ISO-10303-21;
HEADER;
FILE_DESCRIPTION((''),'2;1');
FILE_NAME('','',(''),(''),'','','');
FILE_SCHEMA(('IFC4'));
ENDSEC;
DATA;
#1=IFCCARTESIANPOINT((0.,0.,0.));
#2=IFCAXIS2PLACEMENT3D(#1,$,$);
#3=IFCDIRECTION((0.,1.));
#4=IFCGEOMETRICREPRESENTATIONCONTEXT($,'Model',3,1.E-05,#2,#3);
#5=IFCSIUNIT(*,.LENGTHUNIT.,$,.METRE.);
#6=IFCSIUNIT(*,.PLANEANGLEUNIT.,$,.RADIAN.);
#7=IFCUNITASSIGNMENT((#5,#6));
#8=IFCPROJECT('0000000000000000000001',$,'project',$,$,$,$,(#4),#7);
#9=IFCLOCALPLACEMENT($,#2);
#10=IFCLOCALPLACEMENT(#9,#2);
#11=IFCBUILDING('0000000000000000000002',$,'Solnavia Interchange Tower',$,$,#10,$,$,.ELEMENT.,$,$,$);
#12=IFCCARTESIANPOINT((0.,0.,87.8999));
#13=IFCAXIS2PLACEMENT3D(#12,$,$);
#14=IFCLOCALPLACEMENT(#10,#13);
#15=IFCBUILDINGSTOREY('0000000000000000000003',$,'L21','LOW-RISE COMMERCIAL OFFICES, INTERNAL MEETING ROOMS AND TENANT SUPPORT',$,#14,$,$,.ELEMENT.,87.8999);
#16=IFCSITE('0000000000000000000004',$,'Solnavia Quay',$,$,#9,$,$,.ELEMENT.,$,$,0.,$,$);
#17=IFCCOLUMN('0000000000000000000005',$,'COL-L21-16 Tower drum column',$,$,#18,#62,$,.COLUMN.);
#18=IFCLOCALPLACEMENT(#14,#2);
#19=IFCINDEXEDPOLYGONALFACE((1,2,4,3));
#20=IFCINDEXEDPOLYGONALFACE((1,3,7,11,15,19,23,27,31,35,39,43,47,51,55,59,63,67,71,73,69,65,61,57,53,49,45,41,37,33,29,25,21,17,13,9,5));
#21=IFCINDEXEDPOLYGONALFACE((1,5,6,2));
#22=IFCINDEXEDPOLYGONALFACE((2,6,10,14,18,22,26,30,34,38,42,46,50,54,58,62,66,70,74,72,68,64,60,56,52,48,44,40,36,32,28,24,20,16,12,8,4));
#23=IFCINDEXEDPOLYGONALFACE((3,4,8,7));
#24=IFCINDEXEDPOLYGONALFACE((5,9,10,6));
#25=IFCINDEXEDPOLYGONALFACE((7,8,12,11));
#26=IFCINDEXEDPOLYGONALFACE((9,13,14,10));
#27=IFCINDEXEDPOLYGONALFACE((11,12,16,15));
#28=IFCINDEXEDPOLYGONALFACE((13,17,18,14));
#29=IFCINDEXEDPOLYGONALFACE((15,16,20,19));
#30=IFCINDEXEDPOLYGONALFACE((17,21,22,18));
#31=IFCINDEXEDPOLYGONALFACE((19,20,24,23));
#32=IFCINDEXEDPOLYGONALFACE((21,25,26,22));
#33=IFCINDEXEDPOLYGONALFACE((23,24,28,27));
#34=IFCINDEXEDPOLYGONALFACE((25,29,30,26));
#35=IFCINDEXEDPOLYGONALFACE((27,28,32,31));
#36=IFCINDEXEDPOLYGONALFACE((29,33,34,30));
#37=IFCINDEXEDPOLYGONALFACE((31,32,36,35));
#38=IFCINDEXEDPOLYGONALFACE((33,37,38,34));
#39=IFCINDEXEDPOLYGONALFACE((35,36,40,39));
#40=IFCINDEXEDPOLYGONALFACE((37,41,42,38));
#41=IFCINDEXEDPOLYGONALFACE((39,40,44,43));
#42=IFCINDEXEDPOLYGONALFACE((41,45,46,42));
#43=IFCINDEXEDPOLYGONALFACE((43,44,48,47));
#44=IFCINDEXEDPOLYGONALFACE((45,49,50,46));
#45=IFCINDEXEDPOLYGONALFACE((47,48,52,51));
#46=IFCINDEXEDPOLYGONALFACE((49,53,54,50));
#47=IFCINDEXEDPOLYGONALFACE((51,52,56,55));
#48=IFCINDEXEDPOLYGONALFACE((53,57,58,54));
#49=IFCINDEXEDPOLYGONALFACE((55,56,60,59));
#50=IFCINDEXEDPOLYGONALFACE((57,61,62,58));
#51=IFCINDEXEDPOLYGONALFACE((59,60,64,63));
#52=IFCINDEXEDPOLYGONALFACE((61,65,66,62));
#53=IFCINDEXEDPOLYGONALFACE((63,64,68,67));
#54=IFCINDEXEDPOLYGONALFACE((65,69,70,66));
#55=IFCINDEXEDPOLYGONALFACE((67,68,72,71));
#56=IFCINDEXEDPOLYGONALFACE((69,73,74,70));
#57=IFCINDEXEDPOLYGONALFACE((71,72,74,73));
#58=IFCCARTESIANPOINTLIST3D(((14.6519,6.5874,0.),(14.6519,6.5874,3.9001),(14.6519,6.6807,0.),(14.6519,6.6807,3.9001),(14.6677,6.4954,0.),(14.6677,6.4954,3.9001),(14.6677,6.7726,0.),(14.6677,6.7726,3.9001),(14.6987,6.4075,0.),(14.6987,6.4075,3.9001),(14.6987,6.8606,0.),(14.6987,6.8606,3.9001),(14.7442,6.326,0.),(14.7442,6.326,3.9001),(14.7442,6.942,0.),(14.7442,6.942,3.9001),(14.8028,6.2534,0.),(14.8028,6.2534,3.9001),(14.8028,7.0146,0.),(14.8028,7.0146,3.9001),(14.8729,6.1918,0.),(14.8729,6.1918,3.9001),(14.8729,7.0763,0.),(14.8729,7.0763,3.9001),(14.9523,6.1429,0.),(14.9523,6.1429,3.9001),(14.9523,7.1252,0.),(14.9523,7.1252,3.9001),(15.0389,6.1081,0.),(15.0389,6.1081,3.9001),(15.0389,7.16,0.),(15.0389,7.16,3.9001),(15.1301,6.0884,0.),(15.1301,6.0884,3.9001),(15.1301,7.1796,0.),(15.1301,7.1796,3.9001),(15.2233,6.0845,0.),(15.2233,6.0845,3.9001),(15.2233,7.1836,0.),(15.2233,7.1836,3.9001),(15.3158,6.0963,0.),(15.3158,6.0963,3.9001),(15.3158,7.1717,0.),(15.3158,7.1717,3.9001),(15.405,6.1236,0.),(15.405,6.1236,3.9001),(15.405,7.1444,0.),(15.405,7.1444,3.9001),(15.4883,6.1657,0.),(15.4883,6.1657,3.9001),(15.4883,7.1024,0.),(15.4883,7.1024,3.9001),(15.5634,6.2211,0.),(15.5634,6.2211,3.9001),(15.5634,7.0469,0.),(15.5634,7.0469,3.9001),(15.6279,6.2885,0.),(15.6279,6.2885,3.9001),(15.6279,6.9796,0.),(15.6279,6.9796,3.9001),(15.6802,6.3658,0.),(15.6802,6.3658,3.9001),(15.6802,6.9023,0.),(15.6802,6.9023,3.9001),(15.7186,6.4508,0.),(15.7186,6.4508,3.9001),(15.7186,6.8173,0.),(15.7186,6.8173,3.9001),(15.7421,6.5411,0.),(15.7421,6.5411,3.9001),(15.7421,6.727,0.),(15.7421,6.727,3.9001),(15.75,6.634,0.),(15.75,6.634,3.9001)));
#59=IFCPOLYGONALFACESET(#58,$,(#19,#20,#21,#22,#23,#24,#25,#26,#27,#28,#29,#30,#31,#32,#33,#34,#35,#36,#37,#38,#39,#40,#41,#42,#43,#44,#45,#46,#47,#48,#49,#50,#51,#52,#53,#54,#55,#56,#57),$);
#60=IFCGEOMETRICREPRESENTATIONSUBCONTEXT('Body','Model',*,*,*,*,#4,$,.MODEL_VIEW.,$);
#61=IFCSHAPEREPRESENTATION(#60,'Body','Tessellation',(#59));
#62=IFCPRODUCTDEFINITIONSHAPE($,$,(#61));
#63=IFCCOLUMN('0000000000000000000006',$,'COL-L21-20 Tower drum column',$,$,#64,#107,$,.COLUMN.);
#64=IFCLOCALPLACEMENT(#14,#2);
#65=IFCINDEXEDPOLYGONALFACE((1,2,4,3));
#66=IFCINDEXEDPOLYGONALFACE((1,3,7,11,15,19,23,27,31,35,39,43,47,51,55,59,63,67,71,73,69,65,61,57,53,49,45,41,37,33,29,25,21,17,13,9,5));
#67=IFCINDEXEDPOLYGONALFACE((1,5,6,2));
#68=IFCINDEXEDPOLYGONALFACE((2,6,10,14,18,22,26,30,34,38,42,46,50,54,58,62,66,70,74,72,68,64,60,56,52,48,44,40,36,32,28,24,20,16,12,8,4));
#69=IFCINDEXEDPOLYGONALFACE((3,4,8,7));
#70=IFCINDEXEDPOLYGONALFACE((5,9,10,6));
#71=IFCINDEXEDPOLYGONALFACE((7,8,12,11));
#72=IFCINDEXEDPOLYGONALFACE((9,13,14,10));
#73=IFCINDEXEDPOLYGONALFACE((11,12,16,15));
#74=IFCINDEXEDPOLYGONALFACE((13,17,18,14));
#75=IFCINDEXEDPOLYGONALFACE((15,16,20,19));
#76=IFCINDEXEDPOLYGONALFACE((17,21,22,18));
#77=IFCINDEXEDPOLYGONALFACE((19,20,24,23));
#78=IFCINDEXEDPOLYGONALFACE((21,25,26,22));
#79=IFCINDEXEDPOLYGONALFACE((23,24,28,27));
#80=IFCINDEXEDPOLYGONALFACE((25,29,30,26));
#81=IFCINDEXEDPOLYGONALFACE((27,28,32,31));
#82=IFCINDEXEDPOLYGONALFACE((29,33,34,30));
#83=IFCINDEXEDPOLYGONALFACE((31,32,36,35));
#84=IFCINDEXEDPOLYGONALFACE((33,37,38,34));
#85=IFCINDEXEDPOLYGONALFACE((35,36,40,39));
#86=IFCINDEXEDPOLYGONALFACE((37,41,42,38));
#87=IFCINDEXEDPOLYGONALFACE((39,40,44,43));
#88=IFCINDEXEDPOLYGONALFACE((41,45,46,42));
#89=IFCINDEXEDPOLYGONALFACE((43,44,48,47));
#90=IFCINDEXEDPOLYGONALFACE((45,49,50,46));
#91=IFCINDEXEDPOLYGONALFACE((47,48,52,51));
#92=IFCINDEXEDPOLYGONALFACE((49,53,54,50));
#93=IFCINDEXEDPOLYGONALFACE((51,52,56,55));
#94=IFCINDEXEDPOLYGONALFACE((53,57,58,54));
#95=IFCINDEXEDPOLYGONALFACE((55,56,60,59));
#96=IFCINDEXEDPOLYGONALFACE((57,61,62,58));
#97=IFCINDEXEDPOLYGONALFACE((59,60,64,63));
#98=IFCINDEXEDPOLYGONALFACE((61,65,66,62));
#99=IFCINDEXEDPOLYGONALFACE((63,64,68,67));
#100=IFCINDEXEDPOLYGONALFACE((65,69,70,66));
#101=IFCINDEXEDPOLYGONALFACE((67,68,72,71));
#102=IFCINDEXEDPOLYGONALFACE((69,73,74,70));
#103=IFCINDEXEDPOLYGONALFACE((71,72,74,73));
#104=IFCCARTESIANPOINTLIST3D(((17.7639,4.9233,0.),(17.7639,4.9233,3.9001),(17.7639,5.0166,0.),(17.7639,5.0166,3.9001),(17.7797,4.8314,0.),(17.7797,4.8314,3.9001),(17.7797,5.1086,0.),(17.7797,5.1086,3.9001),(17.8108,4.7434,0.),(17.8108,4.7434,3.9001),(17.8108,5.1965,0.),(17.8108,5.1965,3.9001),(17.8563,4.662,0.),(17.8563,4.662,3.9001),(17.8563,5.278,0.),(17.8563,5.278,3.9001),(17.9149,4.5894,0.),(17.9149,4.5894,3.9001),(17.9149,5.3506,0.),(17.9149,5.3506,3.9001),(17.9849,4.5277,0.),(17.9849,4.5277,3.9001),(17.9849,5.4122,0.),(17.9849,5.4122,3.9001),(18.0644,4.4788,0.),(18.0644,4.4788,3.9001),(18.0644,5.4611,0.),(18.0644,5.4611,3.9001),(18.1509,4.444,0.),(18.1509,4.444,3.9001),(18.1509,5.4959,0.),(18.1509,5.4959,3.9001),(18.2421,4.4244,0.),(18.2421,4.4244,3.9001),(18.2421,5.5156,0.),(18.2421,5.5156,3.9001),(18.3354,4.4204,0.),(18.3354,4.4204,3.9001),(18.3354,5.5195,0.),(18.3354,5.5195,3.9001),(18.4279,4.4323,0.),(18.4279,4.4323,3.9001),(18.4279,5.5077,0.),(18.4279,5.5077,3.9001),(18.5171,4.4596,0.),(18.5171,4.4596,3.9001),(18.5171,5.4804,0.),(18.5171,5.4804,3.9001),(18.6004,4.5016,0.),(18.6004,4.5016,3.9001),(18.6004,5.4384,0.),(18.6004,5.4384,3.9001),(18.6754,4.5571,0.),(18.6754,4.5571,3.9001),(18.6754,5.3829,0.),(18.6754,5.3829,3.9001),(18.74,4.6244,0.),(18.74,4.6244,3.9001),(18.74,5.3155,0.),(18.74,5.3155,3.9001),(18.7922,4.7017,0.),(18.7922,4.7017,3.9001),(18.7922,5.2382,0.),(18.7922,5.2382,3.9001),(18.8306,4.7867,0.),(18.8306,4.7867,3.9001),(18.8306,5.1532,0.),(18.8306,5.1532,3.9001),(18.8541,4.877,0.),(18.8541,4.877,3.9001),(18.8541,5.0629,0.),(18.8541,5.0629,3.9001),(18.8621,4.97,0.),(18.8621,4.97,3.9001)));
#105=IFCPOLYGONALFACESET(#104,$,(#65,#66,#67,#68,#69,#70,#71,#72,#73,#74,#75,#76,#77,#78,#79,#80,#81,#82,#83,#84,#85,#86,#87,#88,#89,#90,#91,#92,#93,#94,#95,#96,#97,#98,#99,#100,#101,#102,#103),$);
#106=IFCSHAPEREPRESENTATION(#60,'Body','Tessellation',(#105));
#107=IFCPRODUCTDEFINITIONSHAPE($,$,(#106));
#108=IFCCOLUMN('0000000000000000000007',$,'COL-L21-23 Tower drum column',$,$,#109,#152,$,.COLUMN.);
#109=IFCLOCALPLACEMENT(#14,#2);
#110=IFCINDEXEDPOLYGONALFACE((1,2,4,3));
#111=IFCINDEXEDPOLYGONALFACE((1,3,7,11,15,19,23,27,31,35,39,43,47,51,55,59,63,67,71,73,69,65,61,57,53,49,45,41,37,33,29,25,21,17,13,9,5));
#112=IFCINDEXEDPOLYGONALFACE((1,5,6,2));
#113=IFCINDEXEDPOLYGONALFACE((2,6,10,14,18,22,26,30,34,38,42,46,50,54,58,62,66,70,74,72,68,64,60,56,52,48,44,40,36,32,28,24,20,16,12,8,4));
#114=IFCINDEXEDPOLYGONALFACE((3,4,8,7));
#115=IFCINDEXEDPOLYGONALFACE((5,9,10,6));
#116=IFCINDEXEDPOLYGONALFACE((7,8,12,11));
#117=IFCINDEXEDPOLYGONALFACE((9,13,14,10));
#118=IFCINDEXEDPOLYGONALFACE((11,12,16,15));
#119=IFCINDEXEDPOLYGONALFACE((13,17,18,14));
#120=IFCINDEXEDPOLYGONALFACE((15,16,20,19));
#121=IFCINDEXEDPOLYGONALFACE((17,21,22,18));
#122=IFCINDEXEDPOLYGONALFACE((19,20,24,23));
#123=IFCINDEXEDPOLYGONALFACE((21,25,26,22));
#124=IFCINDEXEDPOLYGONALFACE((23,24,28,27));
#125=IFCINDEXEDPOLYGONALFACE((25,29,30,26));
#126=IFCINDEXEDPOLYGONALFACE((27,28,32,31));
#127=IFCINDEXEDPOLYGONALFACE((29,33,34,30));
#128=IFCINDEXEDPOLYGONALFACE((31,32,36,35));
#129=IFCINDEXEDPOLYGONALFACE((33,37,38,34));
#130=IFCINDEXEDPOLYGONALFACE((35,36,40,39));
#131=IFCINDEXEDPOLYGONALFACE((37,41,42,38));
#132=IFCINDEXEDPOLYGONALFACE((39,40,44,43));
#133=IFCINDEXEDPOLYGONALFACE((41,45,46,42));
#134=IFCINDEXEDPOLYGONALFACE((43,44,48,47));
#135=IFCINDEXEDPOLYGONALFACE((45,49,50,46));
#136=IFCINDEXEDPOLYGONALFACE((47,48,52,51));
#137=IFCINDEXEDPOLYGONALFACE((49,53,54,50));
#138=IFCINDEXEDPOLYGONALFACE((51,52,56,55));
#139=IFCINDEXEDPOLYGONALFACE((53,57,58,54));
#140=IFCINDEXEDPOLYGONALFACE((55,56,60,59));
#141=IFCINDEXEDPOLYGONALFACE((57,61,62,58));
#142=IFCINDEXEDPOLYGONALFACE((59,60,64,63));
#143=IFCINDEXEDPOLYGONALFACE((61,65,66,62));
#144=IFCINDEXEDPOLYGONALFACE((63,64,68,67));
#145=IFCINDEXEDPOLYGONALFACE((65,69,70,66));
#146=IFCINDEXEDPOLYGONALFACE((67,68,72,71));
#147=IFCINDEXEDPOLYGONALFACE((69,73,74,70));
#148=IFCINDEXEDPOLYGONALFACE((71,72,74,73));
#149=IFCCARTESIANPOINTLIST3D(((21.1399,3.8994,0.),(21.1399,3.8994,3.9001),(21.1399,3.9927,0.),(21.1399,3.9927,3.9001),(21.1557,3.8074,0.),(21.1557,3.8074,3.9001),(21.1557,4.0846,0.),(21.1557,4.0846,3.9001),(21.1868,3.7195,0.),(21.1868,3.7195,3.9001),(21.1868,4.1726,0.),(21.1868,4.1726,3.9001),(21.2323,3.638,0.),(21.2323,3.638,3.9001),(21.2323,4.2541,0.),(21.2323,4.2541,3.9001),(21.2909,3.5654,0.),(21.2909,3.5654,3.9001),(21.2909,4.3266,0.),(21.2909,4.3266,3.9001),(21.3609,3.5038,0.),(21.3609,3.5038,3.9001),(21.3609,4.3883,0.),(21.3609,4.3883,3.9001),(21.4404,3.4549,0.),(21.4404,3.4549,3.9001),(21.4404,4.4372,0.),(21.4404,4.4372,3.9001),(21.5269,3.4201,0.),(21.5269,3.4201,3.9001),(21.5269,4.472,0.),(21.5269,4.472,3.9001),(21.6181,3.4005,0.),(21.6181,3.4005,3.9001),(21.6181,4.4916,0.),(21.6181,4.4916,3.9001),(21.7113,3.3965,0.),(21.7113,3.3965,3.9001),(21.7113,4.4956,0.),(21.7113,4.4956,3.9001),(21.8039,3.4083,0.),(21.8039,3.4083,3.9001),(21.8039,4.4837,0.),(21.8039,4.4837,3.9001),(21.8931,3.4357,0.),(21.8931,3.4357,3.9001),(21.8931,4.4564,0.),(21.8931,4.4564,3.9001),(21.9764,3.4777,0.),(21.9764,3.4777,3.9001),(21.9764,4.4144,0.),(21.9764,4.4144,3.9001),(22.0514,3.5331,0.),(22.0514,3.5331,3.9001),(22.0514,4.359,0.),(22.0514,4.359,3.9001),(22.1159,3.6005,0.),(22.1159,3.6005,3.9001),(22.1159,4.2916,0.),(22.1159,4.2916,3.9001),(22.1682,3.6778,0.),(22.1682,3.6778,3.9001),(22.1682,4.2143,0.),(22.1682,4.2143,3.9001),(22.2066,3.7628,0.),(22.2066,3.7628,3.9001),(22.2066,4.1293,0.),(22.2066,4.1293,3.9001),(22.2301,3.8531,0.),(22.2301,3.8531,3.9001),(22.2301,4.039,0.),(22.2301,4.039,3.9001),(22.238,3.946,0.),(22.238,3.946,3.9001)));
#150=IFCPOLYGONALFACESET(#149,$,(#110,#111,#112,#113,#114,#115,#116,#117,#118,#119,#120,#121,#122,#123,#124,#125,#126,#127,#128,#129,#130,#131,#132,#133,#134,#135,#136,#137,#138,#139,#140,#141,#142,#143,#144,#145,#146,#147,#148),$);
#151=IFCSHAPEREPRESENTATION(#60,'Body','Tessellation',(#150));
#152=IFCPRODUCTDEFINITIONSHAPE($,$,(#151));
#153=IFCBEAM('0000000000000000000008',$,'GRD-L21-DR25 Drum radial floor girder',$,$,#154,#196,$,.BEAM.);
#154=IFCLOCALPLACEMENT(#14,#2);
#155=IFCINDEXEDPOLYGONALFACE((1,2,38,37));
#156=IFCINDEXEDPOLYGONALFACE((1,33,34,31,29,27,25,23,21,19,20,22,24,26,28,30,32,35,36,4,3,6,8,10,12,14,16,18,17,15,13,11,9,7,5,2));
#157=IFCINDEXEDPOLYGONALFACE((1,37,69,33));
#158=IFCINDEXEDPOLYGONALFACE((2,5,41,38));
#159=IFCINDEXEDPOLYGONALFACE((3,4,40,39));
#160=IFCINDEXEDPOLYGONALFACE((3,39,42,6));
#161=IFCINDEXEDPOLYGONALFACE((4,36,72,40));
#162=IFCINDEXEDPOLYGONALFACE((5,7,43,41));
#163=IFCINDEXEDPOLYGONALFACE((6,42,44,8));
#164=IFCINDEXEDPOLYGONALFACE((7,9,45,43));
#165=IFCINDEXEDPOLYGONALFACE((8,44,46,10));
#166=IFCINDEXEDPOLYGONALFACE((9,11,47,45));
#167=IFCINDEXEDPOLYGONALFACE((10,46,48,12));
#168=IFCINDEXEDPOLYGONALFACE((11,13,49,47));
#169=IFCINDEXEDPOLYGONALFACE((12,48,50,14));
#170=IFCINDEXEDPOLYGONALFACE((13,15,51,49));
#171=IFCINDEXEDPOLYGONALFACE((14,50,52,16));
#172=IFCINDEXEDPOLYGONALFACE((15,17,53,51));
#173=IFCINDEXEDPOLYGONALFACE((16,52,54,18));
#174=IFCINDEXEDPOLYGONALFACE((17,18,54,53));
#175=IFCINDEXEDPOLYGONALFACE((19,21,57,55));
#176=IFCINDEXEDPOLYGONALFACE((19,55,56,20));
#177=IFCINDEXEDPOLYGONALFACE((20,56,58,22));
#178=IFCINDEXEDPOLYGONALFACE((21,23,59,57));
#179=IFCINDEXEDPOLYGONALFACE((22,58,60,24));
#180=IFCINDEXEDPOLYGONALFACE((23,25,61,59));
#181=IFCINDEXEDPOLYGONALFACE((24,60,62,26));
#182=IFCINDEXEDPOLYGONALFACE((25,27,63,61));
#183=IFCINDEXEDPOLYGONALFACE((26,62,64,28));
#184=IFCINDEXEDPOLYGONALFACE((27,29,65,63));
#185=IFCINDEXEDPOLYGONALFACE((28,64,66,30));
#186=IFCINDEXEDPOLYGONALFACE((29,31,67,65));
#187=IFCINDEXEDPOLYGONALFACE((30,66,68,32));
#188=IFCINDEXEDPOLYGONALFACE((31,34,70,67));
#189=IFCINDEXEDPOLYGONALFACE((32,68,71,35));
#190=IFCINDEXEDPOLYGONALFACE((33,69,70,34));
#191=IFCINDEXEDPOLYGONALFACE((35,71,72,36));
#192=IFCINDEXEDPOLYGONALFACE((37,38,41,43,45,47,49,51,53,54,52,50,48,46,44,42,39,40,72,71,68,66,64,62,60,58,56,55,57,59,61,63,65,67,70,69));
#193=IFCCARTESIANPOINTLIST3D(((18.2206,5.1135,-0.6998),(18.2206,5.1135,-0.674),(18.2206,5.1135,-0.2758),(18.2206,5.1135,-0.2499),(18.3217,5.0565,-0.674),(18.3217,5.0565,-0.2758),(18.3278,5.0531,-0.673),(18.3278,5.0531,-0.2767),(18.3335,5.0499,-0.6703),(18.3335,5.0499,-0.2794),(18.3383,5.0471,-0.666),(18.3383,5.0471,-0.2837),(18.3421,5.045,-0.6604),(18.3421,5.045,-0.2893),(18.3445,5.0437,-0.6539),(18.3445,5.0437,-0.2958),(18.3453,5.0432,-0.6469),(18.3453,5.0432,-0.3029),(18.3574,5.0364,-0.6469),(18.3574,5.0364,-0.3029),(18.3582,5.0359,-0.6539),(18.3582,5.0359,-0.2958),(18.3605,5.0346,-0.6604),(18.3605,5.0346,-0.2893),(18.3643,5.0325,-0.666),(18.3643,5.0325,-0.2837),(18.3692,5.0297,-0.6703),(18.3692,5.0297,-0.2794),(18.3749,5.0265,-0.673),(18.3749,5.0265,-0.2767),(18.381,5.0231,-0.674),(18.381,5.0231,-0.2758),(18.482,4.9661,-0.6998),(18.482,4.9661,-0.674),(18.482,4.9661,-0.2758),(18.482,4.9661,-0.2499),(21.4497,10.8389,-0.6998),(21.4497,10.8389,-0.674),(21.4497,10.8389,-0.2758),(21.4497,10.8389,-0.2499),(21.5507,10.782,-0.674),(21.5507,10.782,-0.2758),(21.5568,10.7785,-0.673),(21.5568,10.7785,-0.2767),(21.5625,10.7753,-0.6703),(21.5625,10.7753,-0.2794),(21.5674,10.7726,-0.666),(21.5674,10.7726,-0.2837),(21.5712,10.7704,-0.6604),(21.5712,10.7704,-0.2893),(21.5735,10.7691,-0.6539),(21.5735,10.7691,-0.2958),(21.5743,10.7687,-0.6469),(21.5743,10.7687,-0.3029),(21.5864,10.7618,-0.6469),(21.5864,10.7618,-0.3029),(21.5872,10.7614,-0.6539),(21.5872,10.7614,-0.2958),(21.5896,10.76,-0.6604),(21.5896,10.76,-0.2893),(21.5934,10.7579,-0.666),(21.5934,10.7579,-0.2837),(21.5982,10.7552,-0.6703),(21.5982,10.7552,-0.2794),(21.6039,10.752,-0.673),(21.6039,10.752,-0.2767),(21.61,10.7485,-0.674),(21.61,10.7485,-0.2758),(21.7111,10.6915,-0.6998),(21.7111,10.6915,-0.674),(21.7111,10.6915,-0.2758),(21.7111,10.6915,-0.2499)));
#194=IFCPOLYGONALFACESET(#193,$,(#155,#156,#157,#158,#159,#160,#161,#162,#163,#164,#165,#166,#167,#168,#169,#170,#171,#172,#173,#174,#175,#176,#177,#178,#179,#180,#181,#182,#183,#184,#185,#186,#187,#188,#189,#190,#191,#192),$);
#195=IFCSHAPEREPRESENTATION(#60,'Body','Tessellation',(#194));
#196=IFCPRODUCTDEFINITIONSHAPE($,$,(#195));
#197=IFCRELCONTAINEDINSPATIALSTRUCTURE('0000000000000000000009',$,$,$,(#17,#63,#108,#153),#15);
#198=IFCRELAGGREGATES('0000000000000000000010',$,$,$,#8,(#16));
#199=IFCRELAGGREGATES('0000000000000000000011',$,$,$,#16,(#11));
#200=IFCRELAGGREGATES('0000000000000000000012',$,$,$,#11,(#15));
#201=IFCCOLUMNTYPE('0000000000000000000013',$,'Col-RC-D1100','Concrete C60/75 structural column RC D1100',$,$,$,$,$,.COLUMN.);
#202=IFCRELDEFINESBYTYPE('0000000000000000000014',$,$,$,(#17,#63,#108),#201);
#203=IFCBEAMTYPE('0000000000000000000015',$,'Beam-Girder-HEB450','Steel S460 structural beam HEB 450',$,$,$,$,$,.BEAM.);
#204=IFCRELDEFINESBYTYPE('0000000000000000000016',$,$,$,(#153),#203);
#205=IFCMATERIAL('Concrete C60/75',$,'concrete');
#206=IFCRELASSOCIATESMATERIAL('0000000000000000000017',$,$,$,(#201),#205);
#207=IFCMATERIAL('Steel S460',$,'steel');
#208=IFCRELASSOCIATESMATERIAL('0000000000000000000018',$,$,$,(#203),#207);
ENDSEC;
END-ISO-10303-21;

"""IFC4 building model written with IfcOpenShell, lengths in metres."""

from ifc_helpers import new_model, si_unit, direction, frame, origin, origin_2d, place, context, subcontext, project, spatial, circle, i_section, extrude, material, material_profile, profile_set, type_object, element, save


model = new_model("IFC4")

# Units and contexts
model_context = context("Model", 3, precision=1e-05, world=origin(), true_north=direction((0.0, 1.0)))
body_context = subcontext(model_context, "Body", "Model", "MODEL_VIEW")
ifc_project = project(units=[si_unit("LENGTHUNIT", "METRE"), si_unit("PLANEANGLEUNIT", "RADIAN")], contexts=[model_context])

# Site, building, storey
site_placement = place(None, origin())
site = spatial("IfcSite", under=ifc_project, at=site_placement, Name="Solnavia Quay", CompositionType="ELEMENT", RefElevation=0.0)
building_placement = place(site_placement, origin())
building = spatial("IfcBuilding", under=site, at=building_placement, Name="Solnavia Interchange Tower", CompositionType="ELEMENT")
storey_placement = place(building_placement, frame((0.0, 0.0, 87.8999)))
storey = spatial("IfcBuildingStorey", under=building, at=storey_placement, Name="L21", Description="LOW-RISE COMMERCIAL OFFICES, INTERNAL MEETING ROOMS AND TENANT SUPPORT", CompositionType="ELEMENT", Elevation=87.8999)

# Columns
ifc_material_1 = material(Name="Concrete C60/75", Category="concrete")
ifc_material_profile_1 = material_profile(ifc_material_1, circle(Radius=0.55, at=origin_2d()), Name="RC D1100")
ifc_profile_set_1 = profile_set([ifc_material_profile_1], Name="Concrete C60/75")
column_type = type_object("IfcColumnType", Name="Col-RC-D1100", Description="Concrete C60/75 structural column RC D1100", PredefinedType="COLUMN", material=ifc_profile_set_1)
for number, where, z_axis, x_axis, name in (
    (1, (15.2, 6.634, 0.0), (0.0, 0.0, 1.0), (1.0, 0.0, 0.0), "COL-L21-16 Tower drum column"),
    (2, (18.312, 4.97, 0.0), (0.0, 0.0, 1.0), (1.0, 0.0, 0.0), "COL-L21-20 Tower drum column"),
    (3, (21.688, 3.946, 0.0), (0.0, 0.0, 1.0), (1.0, 0.0, 0.0), "COL-L21-23 Tower drum column"),
):
    element("IfcColumn", number, at=place(storey_placement, frame(where, z_axis=z_axis, x_axis=x_axis)), inside=storey, type_object=column_type, Name=name, PredefinedType="COLUMN", context=body_context, shape_type="SweptSolid", body=[
        extrude(circle(Radius=0.55, at=origin_2d()), origin(), (0.0, 0.0, 1.0), 3.9001),
    ])

# Beam
ifc_material_2 = material(Name="Steel S460", Category="steel")
ifc_material_profile_2 = material_profile(ifc_material_2, i_section(OverallWidth=0.3, OverallDepth=0.45, WebThickness=0.0139, FlangeThickness=0.0259, FilletRadius=0.0271, at=origin_2d()), Name="HEB 450")
ifc_profile_set_2 = profile_set([ifc_material_profile_2], Name="Steel S460")
beam_type_1 = type_object("IfcBeamType", Name="Beam-Girder-HEB450", Description="Steel S460 structural beam HEB 450", PredefinedType="BEAM", material=ifc_profile_set_2)
beam_1_placement = place(storey_placement, frame((18.3513, 5.0398, -0.4749), z_axis=(0.491243, 0.871022, 0.0), x_axis=(-0.871022, 0.491243, 0.0)))
element("IfcBeam", 4, at=beam_1_placement, inside=storey, type_object=beam_type_1, Name="GRD-L21-DR25 Drum radial floor girder", PredefinedType="BEAM", context=body_context, shape_type="SweptSolid", body=[
    extrude(i_section(OverallWidth=0.3, OverallDepth=0.45, WebThickness=0.0139, FlangeThickness=0.0259, FilletRadius=0.0271, at=origin_2d()), origin(), (0.0, 0.0, 1.0), 6.5732),
])

save(model, "model.ifc")
